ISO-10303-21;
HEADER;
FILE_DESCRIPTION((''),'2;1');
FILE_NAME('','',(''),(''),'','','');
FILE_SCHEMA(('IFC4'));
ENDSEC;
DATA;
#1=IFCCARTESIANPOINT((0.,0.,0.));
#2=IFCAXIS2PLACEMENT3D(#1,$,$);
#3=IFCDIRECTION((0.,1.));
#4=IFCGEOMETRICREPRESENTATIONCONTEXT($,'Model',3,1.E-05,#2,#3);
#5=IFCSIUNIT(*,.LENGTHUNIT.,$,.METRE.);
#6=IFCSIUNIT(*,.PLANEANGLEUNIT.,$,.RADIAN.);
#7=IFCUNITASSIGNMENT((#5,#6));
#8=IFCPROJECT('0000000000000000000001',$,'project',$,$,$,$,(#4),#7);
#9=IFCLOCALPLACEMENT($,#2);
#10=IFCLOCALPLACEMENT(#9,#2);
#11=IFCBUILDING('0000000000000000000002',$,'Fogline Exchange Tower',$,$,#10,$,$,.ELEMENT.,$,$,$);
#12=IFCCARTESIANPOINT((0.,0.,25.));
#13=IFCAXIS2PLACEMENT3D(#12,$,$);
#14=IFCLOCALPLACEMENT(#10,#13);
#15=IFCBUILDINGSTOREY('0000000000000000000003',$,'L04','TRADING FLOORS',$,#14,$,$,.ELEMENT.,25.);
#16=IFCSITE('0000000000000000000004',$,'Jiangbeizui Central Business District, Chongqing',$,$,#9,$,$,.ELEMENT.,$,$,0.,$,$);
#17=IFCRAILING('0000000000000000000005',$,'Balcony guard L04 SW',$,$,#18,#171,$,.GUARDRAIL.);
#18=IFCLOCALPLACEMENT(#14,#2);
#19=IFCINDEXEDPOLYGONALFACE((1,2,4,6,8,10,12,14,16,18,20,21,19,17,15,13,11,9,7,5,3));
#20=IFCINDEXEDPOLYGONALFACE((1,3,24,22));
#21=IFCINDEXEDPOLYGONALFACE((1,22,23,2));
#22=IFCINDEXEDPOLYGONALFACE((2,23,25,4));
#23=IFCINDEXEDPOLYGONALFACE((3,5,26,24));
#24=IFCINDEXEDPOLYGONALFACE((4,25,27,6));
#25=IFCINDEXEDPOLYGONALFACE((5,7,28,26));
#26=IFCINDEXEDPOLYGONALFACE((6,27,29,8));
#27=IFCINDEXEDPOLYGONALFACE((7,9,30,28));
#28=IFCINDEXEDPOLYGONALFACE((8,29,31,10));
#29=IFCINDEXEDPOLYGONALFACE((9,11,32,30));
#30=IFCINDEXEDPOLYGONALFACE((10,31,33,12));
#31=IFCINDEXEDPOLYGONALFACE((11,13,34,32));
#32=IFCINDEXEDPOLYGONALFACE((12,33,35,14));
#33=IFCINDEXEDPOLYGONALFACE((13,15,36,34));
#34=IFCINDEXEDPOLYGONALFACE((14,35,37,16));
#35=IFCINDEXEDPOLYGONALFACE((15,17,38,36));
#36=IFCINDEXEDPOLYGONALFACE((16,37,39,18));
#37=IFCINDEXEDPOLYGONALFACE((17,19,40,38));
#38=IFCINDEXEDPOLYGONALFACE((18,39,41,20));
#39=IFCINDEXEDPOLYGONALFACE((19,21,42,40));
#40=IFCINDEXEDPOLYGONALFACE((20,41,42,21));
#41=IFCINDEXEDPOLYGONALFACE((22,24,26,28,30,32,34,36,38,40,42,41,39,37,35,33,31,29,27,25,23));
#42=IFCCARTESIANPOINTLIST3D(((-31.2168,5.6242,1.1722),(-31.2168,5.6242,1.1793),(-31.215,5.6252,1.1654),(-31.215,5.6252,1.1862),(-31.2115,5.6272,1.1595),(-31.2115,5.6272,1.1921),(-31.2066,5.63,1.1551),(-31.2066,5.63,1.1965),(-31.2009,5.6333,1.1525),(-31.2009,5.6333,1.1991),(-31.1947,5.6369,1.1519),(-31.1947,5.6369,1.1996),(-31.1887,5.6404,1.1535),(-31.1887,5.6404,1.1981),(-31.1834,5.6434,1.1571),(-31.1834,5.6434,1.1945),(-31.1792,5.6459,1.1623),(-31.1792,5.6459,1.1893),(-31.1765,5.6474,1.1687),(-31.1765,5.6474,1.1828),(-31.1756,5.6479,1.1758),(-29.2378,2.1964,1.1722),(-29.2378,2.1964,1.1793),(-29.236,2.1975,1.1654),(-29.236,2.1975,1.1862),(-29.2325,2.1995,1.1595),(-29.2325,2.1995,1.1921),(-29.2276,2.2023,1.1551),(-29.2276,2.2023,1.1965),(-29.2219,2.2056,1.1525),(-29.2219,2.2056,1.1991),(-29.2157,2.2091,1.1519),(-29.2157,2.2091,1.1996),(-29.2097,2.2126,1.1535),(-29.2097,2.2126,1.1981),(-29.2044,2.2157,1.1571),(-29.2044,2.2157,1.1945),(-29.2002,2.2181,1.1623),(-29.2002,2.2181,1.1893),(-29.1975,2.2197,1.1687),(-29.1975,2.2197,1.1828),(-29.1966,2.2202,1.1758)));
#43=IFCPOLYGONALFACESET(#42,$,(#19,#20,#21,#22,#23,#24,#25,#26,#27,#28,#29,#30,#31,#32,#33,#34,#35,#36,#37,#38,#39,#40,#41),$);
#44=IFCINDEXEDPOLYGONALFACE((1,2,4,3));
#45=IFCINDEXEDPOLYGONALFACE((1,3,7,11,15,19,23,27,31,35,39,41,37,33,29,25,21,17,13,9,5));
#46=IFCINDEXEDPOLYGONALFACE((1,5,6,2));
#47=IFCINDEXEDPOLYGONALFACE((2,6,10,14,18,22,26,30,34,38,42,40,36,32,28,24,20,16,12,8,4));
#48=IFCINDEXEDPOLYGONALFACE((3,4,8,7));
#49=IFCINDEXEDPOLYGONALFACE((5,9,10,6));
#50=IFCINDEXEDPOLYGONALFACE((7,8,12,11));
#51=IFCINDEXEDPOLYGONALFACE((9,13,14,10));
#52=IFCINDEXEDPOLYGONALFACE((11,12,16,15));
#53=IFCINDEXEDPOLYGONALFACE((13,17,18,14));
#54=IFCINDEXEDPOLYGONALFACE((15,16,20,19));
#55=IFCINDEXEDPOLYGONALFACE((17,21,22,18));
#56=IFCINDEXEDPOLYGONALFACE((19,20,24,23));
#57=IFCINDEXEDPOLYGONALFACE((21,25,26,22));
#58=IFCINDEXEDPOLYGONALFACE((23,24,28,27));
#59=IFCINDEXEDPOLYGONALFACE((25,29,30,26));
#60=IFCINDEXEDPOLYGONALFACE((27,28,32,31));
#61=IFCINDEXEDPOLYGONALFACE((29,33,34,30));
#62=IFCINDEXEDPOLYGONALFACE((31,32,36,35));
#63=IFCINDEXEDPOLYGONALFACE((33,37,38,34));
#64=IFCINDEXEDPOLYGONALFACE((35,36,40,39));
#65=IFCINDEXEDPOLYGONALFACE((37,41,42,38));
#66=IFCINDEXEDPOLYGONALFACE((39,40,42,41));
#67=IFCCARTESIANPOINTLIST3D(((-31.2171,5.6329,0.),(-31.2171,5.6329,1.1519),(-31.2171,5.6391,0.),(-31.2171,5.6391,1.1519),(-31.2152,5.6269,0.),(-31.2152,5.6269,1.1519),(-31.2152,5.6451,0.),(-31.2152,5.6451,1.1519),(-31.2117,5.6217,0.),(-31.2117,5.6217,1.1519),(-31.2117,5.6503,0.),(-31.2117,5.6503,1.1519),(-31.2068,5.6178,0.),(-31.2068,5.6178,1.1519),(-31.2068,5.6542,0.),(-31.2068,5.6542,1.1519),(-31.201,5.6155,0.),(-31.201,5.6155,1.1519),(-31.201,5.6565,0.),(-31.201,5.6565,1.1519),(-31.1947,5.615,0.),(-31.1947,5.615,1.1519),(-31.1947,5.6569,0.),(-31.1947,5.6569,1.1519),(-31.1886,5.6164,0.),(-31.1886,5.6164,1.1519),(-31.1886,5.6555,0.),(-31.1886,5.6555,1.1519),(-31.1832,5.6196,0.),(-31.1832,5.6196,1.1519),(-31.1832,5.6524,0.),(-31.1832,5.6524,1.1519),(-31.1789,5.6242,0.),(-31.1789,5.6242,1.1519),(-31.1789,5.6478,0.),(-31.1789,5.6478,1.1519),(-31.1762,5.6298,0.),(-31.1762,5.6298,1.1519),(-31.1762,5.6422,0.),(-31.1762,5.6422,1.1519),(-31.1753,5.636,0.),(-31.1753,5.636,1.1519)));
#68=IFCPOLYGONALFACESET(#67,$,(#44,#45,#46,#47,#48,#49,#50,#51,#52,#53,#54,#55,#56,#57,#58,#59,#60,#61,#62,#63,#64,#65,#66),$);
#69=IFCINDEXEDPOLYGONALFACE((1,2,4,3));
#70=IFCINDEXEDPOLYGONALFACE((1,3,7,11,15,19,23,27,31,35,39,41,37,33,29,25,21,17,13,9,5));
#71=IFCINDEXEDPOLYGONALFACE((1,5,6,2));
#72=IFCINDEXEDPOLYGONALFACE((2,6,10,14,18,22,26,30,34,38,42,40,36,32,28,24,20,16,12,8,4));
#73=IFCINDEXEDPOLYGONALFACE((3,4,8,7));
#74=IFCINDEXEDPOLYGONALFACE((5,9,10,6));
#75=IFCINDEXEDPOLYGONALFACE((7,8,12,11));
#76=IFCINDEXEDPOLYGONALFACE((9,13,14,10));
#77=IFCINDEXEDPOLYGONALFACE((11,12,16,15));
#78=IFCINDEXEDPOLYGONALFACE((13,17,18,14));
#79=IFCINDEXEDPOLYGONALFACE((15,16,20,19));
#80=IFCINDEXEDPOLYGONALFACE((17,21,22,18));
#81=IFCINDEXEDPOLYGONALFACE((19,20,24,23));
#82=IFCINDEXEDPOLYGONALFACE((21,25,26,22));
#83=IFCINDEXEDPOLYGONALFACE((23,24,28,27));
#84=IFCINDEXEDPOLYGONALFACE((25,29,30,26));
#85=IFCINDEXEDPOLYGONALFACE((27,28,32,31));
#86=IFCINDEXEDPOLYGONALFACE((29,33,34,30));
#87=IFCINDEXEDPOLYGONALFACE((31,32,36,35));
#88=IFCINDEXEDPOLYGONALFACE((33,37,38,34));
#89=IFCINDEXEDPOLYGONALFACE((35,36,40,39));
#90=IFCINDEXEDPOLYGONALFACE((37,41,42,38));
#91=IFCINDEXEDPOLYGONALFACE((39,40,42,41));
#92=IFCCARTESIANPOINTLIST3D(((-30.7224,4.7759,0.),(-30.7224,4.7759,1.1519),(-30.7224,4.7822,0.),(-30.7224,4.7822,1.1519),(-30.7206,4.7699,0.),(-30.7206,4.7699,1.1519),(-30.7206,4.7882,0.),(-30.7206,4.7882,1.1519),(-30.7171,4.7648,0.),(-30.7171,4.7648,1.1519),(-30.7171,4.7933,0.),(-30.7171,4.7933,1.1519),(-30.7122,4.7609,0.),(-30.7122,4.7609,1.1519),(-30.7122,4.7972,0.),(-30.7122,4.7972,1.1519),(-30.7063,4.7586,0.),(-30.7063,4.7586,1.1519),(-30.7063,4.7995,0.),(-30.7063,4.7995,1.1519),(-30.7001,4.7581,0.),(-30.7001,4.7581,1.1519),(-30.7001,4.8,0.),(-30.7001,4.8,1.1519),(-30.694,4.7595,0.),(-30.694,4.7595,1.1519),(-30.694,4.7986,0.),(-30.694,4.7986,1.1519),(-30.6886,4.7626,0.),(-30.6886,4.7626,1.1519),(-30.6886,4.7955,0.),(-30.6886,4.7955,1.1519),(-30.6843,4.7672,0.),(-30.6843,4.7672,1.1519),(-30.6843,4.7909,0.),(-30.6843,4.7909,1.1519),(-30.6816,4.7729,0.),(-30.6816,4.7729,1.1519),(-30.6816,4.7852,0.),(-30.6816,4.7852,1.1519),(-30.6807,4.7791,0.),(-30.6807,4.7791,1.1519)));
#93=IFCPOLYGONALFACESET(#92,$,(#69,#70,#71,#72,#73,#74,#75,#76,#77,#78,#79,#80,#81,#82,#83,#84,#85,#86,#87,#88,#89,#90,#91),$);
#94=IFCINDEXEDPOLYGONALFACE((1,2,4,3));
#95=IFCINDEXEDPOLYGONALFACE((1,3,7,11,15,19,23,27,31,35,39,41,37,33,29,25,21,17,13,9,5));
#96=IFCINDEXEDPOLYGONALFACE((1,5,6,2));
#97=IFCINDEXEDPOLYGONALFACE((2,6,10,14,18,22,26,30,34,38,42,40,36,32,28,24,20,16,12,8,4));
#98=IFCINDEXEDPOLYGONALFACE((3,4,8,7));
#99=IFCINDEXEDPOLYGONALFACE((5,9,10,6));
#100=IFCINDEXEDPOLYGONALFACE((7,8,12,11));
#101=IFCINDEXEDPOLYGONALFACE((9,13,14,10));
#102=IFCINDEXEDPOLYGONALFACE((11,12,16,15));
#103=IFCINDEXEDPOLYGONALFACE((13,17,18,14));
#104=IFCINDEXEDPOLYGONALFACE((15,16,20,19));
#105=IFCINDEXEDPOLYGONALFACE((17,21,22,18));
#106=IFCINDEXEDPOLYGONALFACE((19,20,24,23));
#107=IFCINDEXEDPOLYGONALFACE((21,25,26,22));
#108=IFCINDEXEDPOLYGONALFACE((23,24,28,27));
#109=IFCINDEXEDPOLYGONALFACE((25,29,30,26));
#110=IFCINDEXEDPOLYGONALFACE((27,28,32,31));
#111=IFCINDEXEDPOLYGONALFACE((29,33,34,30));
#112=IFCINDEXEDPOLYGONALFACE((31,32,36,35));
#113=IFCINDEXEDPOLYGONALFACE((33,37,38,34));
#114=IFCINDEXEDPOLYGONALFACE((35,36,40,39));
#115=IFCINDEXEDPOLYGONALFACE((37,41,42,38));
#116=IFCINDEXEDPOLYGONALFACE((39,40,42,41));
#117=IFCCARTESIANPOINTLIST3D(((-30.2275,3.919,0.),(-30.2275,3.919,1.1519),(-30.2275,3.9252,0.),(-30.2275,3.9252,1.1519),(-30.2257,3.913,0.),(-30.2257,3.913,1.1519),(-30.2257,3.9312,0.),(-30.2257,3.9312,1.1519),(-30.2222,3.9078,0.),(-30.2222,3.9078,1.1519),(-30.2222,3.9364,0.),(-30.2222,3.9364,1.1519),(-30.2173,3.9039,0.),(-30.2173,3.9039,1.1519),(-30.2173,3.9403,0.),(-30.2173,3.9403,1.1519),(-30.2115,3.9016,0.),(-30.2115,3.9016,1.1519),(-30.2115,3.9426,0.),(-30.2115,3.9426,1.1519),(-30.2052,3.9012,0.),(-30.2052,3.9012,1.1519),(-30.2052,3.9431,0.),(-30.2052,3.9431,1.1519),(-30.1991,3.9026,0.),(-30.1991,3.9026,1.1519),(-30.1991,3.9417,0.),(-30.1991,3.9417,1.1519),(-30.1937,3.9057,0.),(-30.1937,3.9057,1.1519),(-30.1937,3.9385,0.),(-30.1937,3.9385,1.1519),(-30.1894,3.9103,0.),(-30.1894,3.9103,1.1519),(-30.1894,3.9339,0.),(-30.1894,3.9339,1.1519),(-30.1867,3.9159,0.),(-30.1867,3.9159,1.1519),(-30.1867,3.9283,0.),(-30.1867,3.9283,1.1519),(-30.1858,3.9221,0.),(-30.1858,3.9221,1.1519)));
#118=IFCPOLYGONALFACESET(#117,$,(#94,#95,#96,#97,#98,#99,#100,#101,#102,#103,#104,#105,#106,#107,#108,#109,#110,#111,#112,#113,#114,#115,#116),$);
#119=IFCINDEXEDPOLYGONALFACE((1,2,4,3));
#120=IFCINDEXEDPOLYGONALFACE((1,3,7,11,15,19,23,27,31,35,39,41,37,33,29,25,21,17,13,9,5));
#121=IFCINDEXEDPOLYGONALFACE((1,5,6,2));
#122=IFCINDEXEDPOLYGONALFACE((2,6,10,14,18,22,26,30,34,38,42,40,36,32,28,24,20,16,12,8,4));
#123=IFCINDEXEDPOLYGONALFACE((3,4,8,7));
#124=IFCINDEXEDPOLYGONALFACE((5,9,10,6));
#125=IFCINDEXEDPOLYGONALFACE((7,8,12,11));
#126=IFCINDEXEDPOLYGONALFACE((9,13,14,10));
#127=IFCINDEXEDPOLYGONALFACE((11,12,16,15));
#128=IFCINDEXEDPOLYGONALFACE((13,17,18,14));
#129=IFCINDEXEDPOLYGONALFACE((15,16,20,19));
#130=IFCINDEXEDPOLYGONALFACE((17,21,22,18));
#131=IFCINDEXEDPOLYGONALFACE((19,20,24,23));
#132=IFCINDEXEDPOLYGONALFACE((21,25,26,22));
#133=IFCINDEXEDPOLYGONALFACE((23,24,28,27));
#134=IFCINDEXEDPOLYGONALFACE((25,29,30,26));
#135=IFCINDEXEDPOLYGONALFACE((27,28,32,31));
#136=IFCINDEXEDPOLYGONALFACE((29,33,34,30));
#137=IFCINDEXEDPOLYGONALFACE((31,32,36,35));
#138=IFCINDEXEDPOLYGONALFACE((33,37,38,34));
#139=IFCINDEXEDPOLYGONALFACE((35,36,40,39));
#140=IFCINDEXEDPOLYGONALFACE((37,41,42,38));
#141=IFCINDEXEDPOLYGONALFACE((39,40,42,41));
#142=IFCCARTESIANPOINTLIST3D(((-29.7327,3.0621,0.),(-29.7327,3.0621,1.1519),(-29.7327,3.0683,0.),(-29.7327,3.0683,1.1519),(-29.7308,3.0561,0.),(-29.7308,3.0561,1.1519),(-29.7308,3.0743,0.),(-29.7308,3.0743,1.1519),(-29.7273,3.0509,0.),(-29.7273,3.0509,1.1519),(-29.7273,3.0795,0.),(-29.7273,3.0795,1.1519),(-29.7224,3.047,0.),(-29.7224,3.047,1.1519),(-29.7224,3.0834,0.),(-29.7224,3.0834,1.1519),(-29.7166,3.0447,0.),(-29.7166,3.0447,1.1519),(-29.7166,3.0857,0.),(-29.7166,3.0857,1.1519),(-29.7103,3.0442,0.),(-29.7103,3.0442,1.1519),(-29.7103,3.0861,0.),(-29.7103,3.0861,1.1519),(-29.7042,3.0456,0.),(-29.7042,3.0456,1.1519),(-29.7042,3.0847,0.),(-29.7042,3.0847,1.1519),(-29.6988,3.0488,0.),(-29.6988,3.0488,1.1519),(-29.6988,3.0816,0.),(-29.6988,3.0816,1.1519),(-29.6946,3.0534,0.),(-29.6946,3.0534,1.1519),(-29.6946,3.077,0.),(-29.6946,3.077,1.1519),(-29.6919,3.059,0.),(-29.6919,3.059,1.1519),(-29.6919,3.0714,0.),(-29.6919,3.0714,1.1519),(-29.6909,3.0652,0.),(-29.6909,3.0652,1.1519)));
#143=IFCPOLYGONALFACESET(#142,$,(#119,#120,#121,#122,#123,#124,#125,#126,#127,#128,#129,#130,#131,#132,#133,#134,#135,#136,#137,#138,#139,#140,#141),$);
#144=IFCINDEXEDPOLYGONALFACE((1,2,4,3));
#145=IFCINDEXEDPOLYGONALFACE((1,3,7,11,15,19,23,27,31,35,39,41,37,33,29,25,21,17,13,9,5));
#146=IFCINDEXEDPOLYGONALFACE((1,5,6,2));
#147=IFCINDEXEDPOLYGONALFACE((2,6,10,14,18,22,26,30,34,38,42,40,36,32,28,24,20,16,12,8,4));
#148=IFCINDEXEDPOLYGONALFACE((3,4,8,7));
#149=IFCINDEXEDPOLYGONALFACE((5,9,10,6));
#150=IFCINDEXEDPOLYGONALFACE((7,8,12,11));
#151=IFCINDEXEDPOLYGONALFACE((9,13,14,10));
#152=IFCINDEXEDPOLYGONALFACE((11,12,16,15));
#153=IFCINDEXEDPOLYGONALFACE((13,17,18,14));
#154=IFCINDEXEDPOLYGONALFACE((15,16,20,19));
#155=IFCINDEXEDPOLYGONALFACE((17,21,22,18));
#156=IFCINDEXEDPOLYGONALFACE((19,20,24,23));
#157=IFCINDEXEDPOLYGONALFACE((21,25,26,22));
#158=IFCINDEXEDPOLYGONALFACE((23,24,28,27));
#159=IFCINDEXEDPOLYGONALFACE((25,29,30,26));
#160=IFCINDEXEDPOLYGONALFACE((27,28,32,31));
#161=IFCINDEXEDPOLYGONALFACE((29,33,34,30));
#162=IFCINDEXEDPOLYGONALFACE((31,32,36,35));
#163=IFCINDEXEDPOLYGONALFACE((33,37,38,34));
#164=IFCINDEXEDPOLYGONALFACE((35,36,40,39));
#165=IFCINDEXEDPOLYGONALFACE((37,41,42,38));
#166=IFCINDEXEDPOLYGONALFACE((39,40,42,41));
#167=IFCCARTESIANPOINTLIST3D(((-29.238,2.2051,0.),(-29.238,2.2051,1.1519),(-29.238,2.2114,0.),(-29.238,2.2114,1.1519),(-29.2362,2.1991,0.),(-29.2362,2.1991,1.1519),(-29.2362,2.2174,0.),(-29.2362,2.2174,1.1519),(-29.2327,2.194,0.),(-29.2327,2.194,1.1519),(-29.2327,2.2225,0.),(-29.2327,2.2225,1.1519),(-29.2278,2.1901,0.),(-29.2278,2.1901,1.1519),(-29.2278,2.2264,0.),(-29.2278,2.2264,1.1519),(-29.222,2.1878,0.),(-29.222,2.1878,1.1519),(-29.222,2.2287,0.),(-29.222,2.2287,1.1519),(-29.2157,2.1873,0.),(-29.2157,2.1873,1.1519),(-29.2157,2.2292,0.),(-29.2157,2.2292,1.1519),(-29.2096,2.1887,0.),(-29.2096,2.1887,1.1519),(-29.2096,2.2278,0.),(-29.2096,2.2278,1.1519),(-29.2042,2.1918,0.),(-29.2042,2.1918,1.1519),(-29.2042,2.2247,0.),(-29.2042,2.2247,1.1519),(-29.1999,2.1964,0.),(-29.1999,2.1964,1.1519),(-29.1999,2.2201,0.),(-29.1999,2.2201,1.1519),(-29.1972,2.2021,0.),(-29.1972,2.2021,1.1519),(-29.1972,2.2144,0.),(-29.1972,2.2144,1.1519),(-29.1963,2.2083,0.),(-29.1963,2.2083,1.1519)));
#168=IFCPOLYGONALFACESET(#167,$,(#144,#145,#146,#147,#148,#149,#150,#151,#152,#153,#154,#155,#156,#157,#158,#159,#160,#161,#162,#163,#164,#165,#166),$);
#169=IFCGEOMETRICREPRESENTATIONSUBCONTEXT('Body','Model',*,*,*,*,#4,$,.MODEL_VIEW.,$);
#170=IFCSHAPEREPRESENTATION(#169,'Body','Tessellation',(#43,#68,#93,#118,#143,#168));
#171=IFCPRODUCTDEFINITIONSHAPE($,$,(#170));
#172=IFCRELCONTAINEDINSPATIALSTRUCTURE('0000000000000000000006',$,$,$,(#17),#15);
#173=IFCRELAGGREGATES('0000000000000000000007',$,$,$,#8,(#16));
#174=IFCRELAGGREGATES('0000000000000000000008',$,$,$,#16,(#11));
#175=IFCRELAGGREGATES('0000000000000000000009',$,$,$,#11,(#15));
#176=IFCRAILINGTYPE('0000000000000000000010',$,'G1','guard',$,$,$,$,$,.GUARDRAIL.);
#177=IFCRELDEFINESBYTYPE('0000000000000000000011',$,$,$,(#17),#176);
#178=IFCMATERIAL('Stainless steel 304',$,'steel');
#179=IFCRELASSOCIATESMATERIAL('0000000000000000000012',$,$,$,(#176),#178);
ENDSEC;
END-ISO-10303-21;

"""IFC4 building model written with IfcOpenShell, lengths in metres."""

from ifc_helpers import new_model, si_unit, direction, frame, origin, origin_2d, place, context, subcontext, project, spatial, circle, extrude, material, type_object, element, save


model = new_model("IFC4")

# Units and contexts
model_context = context("Model", 3, precision=1e-05, world=origin(), true_north=direction((0.0, 1.0)))
body_context = subcontext(model_context, "Body", "Model", "MODEL_VIEW")
ifc_project = project(units=[si_unit("LENGTHUNIT", "METRE"), si_unit("PLANEANGLEUNIT", "RADIAN")], contexts=[model_context])

# Site, building, storey
site_placement = place(None, origin())
site = spatial("IfcSite", under=ifc_project, at=site_placement, Name="Jiangbeizui Central Business District, Chongqing", CompositionType="ELEMENT", RefElevation=0.0)
building_placement = place(site_placement, origin())
building = spatial("IfcBuilding", under=site, at=building_placement, Name="Fogline Exchange Tower", CompositionType="ELEMENT")
storey_placement = place(building_placement, frame((0.0, 0.0, 25.0)))
storey = spatial("IfcBuildingStorey", under=building, at=storey_placement, Name="L04", Description="TRADING FLOORS", CompositionType="ELEMENT", Elevation=25.0)

# Railing
ifc_material_1 = material(Name="Stainless steel 304", Category="steel")
railing_type = type_object("IfcRailingType", Name="G1", Description="guard", PredefinedType="GUARDRAIL", material=ifc_material_1)
railing_placement = place(storey_placement, frame((-31.1963, 5.636, 0.0)))
element("IfcRailing", 1, at=railing_placement, inside=storey, type_object=railing_type, Name="Balcony guard L04 SW", PredefinedType="GUARDRAIL", context=body_context, shape_type="SweptSolid", body=[
    extrude(circle(Radius=0.0239, at=origin_2d()), frame((0.0, 0.0, 1.1758), z_axis=(0.5, -0.866025, 0.0), x_axis=(0.866025, 0.5, 0.0)), (0.0, 0.0, 1.0), 3.958),
    extrude(circle(Radius=0.021, at=origin_2d()), origin(), (0.0, 0.0, 1.0), 1.1519),
    extrude(circle(Radius=0.021, at=origin_2d()), frame((0.4946, -0.8569, 0.0)), (0.0, 0.0, 1.0), 1.1519),
    extrude(circle(Radius=0.021, at=origin_2d()), frame((0.9895, -1.7139, 0.0)), (0.0, 0.0, 1.0), 1.1519),
    extrude(circle(Radius=0.021, at=origin_2d()), frame((1.4844, -2.5708, 0.0)), (0.0, 0.0, 1.0), 1.1519),
    extrude(circle(Radius=0.021, at=origin_2d()), frame((1.979, -3.4277, 0.0)), (0.0, 0.0, 1.0), 1.1519),
])

save(model, "model.ifc")
